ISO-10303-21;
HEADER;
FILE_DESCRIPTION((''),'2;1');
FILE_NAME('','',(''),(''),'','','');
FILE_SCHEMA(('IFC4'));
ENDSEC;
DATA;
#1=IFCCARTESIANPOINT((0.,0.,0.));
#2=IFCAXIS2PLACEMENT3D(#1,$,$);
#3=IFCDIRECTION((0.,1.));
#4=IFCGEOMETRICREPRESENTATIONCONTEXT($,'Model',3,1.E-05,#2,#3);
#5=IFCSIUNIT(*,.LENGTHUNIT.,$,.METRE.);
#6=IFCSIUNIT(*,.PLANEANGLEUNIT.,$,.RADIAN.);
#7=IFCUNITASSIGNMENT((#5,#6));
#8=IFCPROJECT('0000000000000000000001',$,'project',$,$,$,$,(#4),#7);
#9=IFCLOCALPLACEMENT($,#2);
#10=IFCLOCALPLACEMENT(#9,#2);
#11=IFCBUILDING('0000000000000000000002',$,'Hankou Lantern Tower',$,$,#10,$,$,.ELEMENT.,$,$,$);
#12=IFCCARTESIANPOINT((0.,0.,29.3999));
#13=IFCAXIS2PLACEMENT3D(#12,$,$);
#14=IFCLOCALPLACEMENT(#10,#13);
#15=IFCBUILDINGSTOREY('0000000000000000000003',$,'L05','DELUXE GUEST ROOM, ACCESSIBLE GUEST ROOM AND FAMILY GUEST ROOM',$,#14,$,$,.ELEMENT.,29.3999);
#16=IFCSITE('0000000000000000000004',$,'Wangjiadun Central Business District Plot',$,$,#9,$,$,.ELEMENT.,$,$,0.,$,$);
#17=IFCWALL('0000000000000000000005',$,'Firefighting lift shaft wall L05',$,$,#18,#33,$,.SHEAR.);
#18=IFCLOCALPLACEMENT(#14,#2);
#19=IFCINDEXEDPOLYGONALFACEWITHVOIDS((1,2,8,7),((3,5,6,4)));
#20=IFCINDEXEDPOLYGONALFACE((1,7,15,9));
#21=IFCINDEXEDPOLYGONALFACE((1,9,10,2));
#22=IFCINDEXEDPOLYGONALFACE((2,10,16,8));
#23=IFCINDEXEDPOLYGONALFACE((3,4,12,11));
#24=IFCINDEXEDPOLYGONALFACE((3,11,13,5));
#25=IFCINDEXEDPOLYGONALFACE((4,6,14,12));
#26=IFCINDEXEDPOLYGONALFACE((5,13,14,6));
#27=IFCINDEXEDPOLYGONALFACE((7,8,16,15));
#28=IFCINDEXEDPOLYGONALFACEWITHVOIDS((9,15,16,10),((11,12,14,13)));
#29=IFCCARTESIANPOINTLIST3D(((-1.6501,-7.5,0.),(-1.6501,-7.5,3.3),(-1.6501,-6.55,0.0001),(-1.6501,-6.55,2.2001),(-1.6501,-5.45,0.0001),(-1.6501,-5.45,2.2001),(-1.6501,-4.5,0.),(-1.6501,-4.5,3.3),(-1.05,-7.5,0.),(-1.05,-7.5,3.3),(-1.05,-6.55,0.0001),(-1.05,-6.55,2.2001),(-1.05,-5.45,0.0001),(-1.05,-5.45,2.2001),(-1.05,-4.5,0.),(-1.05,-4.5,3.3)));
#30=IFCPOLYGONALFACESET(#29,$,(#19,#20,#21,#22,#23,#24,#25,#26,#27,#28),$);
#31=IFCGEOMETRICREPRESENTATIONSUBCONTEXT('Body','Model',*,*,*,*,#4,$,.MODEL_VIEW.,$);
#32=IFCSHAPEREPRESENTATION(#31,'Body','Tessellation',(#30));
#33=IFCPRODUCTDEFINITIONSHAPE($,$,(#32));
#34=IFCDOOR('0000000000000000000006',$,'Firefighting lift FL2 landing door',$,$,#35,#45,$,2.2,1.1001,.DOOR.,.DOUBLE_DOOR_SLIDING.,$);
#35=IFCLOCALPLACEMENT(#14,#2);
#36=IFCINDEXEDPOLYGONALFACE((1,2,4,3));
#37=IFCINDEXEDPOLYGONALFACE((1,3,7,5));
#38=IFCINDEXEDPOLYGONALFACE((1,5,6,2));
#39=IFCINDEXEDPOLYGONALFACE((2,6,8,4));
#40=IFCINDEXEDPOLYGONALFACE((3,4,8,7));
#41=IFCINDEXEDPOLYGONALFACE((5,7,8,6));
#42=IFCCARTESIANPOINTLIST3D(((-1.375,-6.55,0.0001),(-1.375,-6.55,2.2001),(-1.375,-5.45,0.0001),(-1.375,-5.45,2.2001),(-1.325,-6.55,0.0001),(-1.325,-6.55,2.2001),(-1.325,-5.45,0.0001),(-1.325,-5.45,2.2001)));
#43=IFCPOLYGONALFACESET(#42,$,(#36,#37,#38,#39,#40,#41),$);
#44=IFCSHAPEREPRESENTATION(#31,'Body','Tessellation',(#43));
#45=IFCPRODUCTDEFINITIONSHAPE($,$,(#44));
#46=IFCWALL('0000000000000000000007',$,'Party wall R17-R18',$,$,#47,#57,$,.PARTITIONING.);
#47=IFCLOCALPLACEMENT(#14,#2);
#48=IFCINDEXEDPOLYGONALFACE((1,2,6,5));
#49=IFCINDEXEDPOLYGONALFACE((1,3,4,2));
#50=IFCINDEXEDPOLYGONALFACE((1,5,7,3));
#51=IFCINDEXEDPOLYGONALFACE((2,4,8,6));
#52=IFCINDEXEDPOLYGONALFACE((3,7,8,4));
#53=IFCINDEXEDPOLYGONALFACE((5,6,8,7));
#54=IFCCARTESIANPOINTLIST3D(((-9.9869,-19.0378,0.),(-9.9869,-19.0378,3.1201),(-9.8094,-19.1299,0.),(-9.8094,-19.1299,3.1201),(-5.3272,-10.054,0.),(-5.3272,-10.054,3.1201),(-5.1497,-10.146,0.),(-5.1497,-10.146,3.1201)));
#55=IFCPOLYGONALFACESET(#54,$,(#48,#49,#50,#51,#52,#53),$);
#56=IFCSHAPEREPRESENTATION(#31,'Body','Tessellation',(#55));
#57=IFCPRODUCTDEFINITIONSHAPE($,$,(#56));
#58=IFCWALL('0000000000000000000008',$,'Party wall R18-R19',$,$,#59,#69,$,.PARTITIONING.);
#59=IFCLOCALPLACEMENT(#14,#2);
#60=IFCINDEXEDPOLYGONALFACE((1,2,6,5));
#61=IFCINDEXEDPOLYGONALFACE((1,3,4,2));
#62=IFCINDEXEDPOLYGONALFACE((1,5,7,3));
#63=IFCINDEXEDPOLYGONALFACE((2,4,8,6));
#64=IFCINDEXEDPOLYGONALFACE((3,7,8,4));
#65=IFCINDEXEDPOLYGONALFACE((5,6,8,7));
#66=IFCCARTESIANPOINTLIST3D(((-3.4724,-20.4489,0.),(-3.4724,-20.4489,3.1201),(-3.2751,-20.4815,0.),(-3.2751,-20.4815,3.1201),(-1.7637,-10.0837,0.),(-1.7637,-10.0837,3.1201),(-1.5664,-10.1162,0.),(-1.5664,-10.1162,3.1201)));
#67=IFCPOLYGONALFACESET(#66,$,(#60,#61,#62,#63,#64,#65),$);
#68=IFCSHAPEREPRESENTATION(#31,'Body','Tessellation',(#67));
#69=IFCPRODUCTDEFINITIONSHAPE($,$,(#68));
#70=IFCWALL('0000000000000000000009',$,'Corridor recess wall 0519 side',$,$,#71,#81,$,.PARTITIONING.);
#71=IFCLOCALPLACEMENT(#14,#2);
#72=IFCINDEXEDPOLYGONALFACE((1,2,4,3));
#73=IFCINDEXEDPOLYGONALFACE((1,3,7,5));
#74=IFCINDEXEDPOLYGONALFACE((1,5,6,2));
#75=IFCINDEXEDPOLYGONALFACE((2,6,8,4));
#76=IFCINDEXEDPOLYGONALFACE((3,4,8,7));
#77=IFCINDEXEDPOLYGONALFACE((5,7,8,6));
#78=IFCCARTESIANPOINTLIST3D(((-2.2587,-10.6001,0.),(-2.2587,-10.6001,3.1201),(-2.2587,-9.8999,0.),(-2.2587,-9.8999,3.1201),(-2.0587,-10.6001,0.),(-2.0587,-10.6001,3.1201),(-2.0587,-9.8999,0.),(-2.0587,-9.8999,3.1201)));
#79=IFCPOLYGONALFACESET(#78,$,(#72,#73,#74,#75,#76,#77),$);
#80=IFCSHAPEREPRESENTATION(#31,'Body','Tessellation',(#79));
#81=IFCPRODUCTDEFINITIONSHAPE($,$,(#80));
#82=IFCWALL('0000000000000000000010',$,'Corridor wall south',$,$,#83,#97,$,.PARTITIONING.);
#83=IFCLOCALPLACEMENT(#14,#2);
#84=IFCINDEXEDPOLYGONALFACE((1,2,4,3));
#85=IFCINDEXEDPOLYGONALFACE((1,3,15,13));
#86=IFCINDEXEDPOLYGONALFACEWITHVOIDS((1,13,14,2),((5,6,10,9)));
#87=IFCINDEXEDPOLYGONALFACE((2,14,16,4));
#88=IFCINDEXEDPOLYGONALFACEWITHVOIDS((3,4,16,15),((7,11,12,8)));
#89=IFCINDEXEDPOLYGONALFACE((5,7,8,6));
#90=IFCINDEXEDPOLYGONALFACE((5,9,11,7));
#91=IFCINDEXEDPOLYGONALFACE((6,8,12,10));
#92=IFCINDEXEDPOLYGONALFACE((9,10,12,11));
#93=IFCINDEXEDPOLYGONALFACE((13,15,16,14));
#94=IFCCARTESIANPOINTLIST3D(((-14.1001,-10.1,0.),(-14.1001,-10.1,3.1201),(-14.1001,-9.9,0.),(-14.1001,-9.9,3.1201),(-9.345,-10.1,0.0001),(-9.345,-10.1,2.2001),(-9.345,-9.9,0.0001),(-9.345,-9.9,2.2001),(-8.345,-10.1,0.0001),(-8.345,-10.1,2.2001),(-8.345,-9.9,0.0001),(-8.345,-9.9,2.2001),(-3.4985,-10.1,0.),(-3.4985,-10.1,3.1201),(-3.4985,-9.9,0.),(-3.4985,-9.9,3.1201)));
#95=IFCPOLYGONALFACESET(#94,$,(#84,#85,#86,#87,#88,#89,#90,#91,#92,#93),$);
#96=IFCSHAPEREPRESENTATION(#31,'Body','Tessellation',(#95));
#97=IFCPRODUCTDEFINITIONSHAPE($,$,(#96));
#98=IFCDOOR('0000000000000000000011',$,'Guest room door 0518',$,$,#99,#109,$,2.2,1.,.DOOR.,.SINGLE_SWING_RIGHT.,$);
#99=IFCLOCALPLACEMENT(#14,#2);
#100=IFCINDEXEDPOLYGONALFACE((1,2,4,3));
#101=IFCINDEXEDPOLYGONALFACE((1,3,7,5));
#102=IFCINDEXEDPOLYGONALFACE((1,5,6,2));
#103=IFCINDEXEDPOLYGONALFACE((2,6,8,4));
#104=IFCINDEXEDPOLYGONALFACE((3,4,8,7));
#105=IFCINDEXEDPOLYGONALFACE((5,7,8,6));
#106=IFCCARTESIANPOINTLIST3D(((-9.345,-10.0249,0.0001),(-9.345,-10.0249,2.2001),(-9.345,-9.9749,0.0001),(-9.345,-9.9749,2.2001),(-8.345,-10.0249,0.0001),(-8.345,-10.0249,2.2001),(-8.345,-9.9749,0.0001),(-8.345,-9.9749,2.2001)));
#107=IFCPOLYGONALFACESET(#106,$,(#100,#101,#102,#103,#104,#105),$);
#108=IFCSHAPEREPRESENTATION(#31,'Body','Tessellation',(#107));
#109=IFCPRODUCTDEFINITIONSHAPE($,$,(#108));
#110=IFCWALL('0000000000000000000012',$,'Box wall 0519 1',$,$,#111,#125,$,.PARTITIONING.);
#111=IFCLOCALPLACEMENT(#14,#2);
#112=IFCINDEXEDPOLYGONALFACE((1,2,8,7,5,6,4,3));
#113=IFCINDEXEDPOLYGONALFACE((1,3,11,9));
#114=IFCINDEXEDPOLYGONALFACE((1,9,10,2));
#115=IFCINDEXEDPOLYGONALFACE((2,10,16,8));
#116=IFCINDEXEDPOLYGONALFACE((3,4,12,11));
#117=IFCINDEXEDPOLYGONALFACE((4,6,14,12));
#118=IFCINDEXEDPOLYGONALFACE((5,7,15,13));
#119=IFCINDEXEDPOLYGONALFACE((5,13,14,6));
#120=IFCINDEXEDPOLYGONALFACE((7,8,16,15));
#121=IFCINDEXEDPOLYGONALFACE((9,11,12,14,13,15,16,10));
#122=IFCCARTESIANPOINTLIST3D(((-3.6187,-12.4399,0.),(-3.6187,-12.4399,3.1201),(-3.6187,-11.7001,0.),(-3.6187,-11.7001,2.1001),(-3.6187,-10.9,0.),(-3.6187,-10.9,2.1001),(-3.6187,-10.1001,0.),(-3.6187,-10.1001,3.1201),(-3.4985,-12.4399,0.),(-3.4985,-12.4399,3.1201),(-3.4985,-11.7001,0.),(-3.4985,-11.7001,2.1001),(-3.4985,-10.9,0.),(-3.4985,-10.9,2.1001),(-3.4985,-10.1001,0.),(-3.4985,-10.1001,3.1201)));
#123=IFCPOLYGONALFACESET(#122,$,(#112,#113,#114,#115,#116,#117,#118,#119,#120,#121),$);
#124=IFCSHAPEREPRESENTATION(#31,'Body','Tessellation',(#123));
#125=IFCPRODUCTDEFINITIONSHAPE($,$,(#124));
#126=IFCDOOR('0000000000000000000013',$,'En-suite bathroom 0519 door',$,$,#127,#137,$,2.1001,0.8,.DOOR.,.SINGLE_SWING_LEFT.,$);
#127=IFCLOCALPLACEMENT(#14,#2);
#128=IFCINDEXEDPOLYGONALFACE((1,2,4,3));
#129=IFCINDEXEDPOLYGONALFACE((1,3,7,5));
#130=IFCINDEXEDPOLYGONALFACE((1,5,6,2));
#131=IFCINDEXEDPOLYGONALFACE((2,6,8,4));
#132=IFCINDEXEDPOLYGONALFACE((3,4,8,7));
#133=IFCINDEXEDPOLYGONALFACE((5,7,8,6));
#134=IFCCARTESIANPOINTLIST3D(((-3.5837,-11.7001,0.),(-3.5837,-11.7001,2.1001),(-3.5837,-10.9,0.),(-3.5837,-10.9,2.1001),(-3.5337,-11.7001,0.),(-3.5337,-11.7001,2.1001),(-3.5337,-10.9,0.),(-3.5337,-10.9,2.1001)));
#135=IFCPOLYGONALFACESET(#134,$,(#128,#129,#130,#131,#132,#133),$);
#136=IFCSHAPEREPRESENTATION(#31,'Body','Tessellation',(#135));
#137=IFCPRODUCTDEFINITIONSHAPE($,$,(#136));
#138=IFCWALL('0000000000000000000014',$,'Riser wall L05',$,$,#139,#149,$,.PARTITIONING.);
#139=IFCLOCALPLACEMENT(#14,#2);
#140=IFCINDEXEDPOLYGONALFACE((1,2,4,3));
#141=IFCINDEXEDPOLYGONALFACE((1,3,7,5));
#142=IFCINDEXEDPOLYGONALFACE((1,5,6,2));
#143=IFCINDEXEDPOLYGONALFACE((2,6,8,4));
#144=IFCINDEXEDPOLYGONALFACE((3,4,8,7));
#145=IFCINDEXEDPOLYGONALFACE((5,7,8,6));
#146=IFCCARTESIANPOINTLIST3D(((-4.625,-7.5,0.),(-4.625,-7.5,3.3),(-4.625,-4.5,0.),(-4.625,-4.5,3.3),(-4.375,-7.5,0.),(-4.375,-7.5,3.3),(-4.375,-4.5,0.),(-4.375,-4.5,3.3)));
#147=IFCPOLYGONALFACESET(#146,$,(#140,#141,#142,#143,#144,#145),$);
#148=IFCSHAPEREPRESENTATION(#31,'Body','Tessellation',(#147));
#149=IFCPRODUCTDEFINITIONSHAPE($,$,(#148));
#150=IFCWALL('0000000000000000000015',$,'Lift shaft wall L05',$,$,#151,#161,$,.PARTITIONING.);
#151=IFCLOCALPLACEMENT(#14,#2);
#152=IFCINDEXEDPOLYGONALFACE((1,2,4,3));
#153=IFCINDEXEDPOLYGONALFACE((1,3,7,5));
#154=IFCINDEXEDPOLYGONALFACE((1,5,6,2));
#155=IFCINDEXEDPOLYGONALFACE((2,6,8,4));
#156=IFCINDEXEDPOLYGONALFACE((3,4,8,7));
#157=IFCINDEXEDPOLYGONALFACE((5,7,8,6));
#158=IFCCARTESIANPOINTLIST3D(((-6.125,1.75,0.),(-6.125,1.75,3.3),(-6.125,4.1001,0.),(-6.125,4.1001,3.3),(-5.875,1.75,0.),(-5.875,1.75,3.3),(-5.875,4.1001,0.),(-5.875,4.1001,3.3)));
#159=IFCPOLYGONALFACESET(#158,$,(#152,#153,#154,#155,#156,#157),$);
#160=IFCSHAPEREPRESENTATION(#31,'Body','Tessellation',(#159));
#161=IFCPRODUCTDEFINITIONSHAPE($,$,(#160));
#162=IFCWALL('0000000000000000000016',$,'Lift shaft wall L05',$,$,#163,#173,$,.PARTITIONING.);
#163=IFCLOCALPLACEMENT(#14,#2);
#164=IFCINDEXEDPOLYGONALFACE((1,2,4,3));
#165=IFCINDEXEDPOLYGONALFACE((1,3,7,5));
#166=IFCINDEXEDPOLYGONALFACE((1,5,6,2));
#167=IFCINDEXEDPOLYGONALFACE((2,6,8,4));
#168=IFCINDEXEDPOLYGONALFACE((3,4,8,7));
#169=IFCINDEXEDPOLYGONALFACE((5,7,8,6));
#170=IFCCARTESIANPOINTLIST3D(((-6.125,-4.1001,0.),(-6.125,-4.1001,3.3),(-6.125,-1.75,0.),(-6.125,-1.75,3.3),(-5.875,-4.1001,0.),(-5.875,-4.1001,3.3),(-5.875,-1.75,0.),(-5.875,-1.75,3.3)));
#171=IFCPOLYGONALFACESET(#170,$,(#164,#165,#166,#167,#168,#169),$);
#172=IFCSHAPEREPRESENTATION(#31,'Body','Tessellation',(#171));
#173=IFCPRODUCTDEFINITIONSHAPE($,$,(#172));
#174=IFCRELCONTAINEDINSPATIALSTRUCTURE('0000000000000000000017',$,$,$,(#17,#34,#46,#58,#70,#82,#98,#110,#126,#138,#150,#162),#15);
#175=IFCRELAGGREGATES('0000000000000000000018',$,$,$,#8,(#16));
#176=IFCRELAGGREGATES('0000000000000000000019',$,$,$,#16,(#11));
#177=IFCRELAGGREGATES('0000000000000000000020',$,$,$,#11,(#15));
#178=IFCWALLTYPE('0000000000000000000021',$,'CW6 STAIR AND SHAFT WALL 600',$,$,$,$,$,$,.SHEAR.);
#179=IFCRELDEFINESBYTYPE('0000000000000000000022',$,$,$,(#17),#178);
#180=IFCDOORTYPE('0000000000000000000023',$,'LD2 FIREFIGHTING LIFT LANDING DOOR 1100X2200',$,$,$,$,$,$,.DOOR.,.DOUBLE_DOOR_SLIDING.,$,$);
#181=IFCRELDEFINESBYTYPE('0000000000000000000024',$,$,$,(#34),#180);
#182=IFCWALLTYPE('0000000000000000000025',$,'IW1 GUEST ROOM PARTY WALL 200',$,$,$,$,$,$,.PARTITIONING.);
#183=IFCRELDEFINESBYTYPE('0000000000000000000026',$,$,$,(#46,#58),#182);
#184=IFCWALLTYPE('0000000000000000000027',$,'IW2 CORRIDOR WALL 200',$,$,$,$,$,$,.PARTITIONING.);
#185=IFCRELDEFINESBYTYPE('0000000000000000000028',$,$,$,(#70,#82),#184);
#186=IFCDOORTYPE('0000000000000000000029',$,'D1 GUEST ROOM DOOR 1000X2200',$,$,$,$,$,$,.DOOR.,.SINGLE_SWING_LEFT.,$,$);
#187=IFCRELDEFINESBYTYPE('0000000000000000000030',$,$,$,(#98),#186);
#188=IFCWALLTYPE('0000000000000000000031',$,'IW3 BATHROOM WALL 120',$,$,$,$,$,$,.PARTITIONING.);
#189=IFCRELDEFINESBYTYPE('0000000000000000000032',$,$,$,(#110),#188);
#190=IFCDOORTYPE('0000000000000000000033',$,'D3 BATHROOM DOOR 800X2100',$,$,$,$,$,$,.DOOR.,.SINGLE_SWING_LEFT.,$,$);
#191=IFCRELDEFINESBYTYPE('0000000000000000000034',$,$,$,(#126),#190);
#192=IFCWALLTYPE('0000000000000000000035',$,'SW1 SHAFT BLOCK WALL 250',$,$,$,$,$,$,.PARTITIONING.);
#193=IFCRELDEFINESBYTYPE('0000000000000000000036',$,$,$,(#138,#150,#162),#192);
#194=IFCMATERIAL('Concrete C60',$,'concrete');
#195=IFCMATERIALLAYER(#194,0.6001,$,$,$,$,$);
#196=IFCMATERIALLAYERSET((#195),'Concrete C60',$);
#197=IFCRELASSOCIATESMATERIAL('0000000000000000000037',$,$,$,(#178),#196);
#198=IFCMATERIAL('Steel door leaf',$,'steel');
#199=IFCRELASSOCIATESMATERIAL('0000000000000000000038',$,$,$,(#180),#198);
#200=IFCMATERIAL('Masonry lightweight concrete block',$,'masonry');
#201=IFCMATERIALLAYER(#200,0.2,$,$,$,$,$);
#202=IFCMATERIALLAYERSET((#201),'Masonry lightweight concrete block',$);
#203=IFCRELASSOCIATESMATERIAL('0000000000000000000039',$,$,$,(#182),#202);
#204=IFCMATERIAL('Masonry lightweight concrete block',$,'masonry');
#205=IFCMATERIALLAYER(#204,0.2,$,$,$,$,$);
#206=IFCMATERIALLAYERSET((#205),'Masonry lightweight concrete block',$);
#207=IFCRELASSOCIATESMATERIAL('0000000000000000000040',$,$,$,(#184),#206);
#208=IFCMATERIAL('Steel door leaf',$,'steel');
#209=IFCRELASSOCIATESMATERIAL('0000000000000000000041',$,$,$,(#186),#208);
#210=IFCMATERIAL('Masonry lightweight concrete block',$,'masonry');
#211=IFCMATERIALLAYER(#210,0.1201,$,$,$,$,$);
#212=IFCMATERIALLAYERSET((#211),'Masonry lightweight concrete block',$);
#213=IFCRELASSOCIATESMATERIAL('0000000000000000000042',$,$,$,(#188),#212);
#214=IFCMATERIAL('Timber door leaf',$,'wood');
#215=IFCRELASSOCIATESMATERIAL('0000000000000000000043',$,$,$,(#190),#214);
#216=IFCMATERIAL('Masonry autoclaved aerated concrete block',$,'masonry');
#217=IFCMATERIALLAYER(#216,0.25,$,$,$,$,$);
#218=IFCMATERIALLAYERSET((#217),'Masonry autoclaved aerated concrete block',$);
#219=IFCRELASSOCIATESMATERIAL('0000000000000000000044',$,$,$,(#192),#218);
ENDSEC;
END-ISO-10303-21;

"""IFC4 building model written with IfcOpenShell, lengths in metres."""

from ifc_helpers import new_model, si_unit, direction, frame, frame_2d, origin, place, context, subcontext, project, spatial, rectangle, extrude, material, layer, layer_set, type_object, element, fill, save


model = new_model("IFC4")

# Units and contexts
model_context = context("Model", 3, precision=1e-05, world=origin(), true_north=direction((0.0, 1.0)))
body_context = subcontext(model_context, "Body", "Model", "MODEL_VIEW")
ifc_project = project(units=[si_unit("LENGTHUNIT", "METRE"), si_unit("PLANEANGLEUNIT", "RADIAN")], contexts=[model_context])

# Site, building, storey
site_placement = place(None, origin())
site = spatial("IfcSite", under=ifc_project, at=site_placement, Name="Wangjiadun Central Business District Plot", CompositionType="ELEMENT", RefElevation=0.0)
building_placement = place(site_placement, origin())
building = spatial("IfcBuilding", under=site, at=building_placement, Name="Hankou Lantern Tower", CompositionType="ELEMENT")
storey_placement = place(building_placement, frame((0.0, 0.0, 29.3999)))
storey = spatial("IfcBuildingStorey", under=building, at=storey_placement, Name="L05", Description="DELUXE GUEST ROOM, ACCESSIBLE GUEST ROOM AND FAMILY GUEST ROOM", CompositionType="ELEMENT", Elevation=29.3999)

# Wall, opening, door
ifc_material_1 = material(Name="Concrete C60", Category="concrete")
ifc_layer_1 = layer(ifc_material_1, 0.6001)
ifc_layer_set_1 = layer_set([ifc_layer_1], Name="Concrete C60")
wall_type_1 = type_object("IfcWallType", Name="CW6 STAIR AND SHAFT WALL 600", PredefinedType="SHEAR", material=ifc_layer_set_1)
wall_1_placement = place(storey_placement, frame((-1.3501, -7.5, 0.0), z_axis=(0.0, 0.0, 1.0), x_axis=(0.0, 1.0, 0.0)))
wall_1 = element("IfcWall", 1, at=wall_1_placement, inside=storey, type_object=wall_type_1, Name="Firefighting lift shaft wall L05", PredefinedType="SHEAR", context=body_context, shape_type="SweptSolid", body=[
    extrude(rectangle(XDim=3.0, YDim=0.6001, at=frame_2d((1.5, 0.0))), origin(), (0.0, 0.0, 1.0), 3.3),
])
opening_1_placement = place(wall_1_placement, frame((0.95, 0.0, 0.0)))
opening_1 = element("IfcOpeningElement", 2, at=opening_1_placement, cuts=wall_1, PredefinedType="OPENING", context=body_context, shape_type="SweptSolid", body=[
    extrude(rectangle(XDim=1.1001, YDim=2.2, at=frame_2d((0.55, 1.1001))), frame((0.0, 0.3101, 0.0), z_axis=(0.0, -1.0, 0.0), x_axis=(1.0, 0.0, 0.0)), (0.0, 0.0, 1.0), 0.6201),
])
ifc_material_2 = material(Name="Steel door leaf", Category="steel")
door_type_1 = type_object("IfcDoorType", Name="LD2 FIREFIGHTING LIFT LANDING DOOR 1100X2200", OperationType="DOUBLE_DOOR_SLIDING", PredefinedType="DOOR", material=ifc_material_2)
door_1_placement = place(opening_1_placement, origin())
door_1 = element("IfcDoor", 3, at=door_1_placement, inside=storey, type_object=door_type_1, Name="Firefighting lift FL2 landing door", OperationType="DOUBLE_DOOR_SLIDING", OverallHeight=2.2, OverallWidth=1.1001, PredefinedType="DOOR", context=body_context, shape_type="SweptSolid", body=[
    extrude(rectangle(XDim=1.1001, YDim=2.2, at=frame_2d((0.55, 1.1001))), frame((0.0, 0.0249, 0.0), z_axis=(0.0, -1.0, 0.0), x_axis=(1.0, 0.0, 0.0)), (0.0, 0.0, 1.0), 0.05),
])
fill(opening_1, door_1)

# Walls
ifc_material_3 = material(Name="Masonry lightweight concrete block", Category="masonry")
ifc_layer_2 = layer(ifc_material_3, 0.2)
ifc_layer_set_2 = layer_set([ifc_layer_2], Name="Masonry lightweight concrete block")
wall_type_2 = type_object("IfcWallType", Name="IW1 GUEST ROOM PARTY WALL 200", PredefinedType="PARTITIONING", material=ifc_layer_set_2)
wall_2_placement = place(storey_placement, frame((-5.2385, -10.1001, 0.0), z_axis=(0.0, 0.0, 1.0), x_axis=(-0.460423, -0.8877, 0.0)))
element("IfcWall", 4, at=wall_2_placement, inside=storey, type_object=wall_type_2, Name="Party wall R17-R18", PredefinedType="PARTITIONING", context=body_context, shape_type="SweptSolid", body=[
    extrude(rectangle(XDim=10.1204, YDim=0.2, at=frame_2d((5.0601, 0.0))), origin(), (0.0, 0.0, 1.0), 3.1201),
])
wall_3_placement = place(storey_placement, frame((-1.665, -10.1001, 0.0), z_axis=(0.0, 0.0, 1.0), x_axis=(-0.162658, -0.986683, 0.0)))
element("IfcWall", 5, at=wall_3_placement, inside=storey, type_object=wall_type_2, Name="Party wall R18-R19", PredefinedType="PARTITIONING", context=body_context, shape_type="SweptSolid", body=[
    extrude(rectangle(XDim=10.5051, YDim=0.2, at=frame_2d((5.2524, 0.0))), origin(), (0.0, 0.0, 1.0), 3.1201),
])
ifc_material_4 = material(Name="Masonry lightweight concrete block", Category="masonry")
ifc_layer_3 = layer(ifc_material_4, 0.2)
ifc_layer_set_3 = layer_set([ifc_layer_3], Name="Masonry lightweight concrete block")
wall_type_3 = type_object("IfcWallType", Name="IW2 CORRIDOR WALL 200", PredefinedType="PARTITIONING", material=ifc_layer_set_3)
wall_4_placement = place(storey_placement, frame((-2.1587, -9.8999, 0.0), z_axis=(0.0, 0.0, 1.0), x_axis=(0.0, -1.0, 0.0)))
element("IfcWall", 6, at=wall_4_placement, inside=storey, type_object=wall_type_3, Name="Corridor recess wall 0519 side", PredefinedType="PARTITIONING", context=body_context, shape_type="SweptSolid", body=[
    extrude(rectangle(XDim=0.7002, YDim=0.2, at=frame_2d((0.3501, 0.0))), origin(), (0.0, 0.0, 1.0), 3.1201),
])

# Walls, openings, doors
wall_5_placement = place(storey_placement, frame((-3.4985, -10.0, 0.0), z_axis=(0.0, 0.0, 1.0), x_axis=(-1.0, 0.0, 0.0)))
wall_5 = element("IfcWall", 7, at=wall_5_placement, inside=storey, type_object=wall_type_3, Name="Corridor wall south", PredefinedType="PARTITIONING", context=body_context, shape_type="SweptSolid", body=[
    extrude(rectangle(XDim=10.6016, YDim=0.2, at=frame_2d((5.3008, 0.0))), origin(), (0.0, 0.0, 1.0), 3.1201),
])
opening_2_placement = place(wall_5_placement, frame((4.8464, 0.0, 0.0)))
opening_2 = element("IfcOpeningElement", 8, at=opening_2_placement, cuts=wall_5, PredefinedType="OPENING", context=body_context, shape_type="SweptSolid", body=[
    extrude(rectangle(XDim=1.0, YDim=2.2, at=frame_2d((0.5, 1.1001))), frame((0.0, 0.1099, 0.0), z_axis=(0.0, -1.0, 0.0), x_axis=(1.0, 0.0, 0.0)), (0.0, 0.0, 1.0), 0.22),
])
ifc_material_5 = material(Name="Steel door leaf", Category="steel")
door_type_2 = type_object("IfcDoorType", Name="D1 GUEST ROOM DOOR 1000X2200", OperationType="SINGLE_SWING_LEFT", PredefinedType="DOOR", material=ifc_material_5)
door_2_placement = place(opening_2_placement, origin())
door_2 = element("IfcDoor", 9, at=door_2_placement, inside=storey, type_object=door_type_2, Name="Guest room door 0518", OperationType="SINGLE_SWING_RIGHT", OverallHeight=2.2, OverallWidth=1.0, PredefinedType="DOOR", context=body_context, shape_type="SweptSolid", body=[
    extrude(rectangle(XDim=1.0, YDim=2.2, at=frame_2d((0.5, 1.1001))), frame((0.0, 0.0249, 0.0), z_axis=(0.0, -1.0, 0.0), x_axis=(1.0, 0.0, 0.0)), (0.0, 0.0, 1.0), 0.05),
])
fill(opening_2, door_2)
ifc_material_6 = material(Name="Masonry lightweight concrete block", Category="masonry")
ifc_layer_4 = layer(ifc_material_6, 0.1201)
ifc_layer_set_4 = layer_set([ifc_layer_4], Name="Masonry lightweight concrete block")
wall_type_4 = type_object("IfcWallType", Name="IW3 BATHROOM WALL 120", PredefinedType="PARTITIONING", material=ifc_layer_set_4)
wall_6_placement = place(storey_placement, frame((-3.5586, -10.1001, 0.0), z_axis=(0.0, 0.0, 1.0), x_axis=(0.0, -1.0, 0.0)))
wall_6 = element("IfcWall", 10, at=wall_6_placement, inside=storey, type_object=wall_type_4, Name="Box wall 0519 1", PredefinedType="PARTITIONING", context=body_context, shape_type="SweptSolid", body=[
    extrude(rectangle(XDim=2.3398, YDim=0.1201, at=frame_2d((1.1699, 0.0))), origin(), (0.0, 0.0, 1.0), 3.1201),
])
opening_3_placement = place(wall_6_placement, frame((0.8, 0.0, 0.0)))
opening_3 = element("IfcOpeningElement", 11, at=opening_3_placement, cuts=wall_6, PredefinedType="OPENING", context=body_context, shape_type="SweptSolid", body=[
    extrude(rectangle(XDim=0.8, YDim=2.1001, at=frame_2d((0.3999, 1.05))), frame((0.0, 0.0701, 0.0), z_axis=(0.0, -1.0, 0.0), x_axis=(1.0, 0.0, 0.0)), (0.0, 0.0, 1.0), 0.1401),
])
ifc_material_7 = material(Name="Timber door leaf", Category="wood")
door_type_3 = type_object("IfcDoorType", Name="D3 BATHROOM DOOR 800X2100", OperationType="SINGLE_SWING_LEFT", PredefinedType="DOOR", material=ifc_material_7)
door_3_placement = place(opening_3_placement, origin())
door_3 = element("IfcDoor", 12, at=door_3_placement, inside=storey, type_object=door_type_3, Name="En-suite bathroom 0519 door", OperationType="SINGLE_SWING_LEFT", OverallHeight=2.1001, OverallWidth=0.8, PredefinedType="DOOR", context=body_context, shape_type="SweptSolid", body=[
    extrude(rectangle(XDim=0.8, YDim=2.1001, at=frame_2d((0.3999, 1.05))), frame((0.0, 0.0249, 0.0), z_axis=(0.0, -1.0, 0.0), x_axis=(1.0, 0.0, 0.0)), (0.0, 0.0, 1.0), 0.05),
])
fill(opening_3, door_3)

# Walls
ifc_material_8 = material(Name="Masonry autoclaved aerated concrete block", Category="masonry")
ifc_layer_5 = layer(ifc_material_8, 0.25)
ifc_layer_set_5 = layer_set([ifc_layer_5], Name="Masonry autoclaved aerated concrete block")
wall_type_5 = type_object("IfcWallType", Name="SW1 SHAFT BLOCK WALL 250", PredefinedType="PARTITIONING", material=ifc_layer_set_5)
wall_7_placement = place(storey_placement, frame((-4.5, -7.5, 0.0), z_axis=(0.0, 0.0, 1.0), x_axis=(0.0, 1.0, 0.0)))
element("IfcWall", 13, at=wall_7_placement, inside=storey, type_object=wall_type_5, Name="Riser wall L05", PredefinedType="PARTITIONING", context=body_context, shape_type="SweptSolid", body=[
    extrude(rectangle(XDim=3.0, YDim=0.25, at=frame_2d((1.5, 0.0))), origin(), (0.0, 0.0, 1.0), 3.3),
])
for number, where, z_axis, x_axis, name in (
    (14, (-6.0, 1.75, 0.0), (0.0, 0.0, 1.0), (0.0, 1.0, 0.0), "Lift shaft wall L05"),
    (15, (-6.0, -4.1001, 0.0), (0.0, 0.0, 1.0), (0.0, 1.0, 0.0), "Lift shaft wall L05"),
):
    element("IfcWall", number, at=place(storey_placement, frame(where, z_axis=z_axis, x_axis=x_axis)), inside=storey, type_object=wall_type_5, Name=name, PredefinedType="PARTITIONING", context=body_context, shape_type="SweptSolid", body=[
        extrude(rectangle(XDim=2.3501, YDim=0.25, at=frame_2d((1.175, 0.0))), origin(), (0.0, 0.0, 1.0), 3.3),
    ])

save(model, "model.ifc")
